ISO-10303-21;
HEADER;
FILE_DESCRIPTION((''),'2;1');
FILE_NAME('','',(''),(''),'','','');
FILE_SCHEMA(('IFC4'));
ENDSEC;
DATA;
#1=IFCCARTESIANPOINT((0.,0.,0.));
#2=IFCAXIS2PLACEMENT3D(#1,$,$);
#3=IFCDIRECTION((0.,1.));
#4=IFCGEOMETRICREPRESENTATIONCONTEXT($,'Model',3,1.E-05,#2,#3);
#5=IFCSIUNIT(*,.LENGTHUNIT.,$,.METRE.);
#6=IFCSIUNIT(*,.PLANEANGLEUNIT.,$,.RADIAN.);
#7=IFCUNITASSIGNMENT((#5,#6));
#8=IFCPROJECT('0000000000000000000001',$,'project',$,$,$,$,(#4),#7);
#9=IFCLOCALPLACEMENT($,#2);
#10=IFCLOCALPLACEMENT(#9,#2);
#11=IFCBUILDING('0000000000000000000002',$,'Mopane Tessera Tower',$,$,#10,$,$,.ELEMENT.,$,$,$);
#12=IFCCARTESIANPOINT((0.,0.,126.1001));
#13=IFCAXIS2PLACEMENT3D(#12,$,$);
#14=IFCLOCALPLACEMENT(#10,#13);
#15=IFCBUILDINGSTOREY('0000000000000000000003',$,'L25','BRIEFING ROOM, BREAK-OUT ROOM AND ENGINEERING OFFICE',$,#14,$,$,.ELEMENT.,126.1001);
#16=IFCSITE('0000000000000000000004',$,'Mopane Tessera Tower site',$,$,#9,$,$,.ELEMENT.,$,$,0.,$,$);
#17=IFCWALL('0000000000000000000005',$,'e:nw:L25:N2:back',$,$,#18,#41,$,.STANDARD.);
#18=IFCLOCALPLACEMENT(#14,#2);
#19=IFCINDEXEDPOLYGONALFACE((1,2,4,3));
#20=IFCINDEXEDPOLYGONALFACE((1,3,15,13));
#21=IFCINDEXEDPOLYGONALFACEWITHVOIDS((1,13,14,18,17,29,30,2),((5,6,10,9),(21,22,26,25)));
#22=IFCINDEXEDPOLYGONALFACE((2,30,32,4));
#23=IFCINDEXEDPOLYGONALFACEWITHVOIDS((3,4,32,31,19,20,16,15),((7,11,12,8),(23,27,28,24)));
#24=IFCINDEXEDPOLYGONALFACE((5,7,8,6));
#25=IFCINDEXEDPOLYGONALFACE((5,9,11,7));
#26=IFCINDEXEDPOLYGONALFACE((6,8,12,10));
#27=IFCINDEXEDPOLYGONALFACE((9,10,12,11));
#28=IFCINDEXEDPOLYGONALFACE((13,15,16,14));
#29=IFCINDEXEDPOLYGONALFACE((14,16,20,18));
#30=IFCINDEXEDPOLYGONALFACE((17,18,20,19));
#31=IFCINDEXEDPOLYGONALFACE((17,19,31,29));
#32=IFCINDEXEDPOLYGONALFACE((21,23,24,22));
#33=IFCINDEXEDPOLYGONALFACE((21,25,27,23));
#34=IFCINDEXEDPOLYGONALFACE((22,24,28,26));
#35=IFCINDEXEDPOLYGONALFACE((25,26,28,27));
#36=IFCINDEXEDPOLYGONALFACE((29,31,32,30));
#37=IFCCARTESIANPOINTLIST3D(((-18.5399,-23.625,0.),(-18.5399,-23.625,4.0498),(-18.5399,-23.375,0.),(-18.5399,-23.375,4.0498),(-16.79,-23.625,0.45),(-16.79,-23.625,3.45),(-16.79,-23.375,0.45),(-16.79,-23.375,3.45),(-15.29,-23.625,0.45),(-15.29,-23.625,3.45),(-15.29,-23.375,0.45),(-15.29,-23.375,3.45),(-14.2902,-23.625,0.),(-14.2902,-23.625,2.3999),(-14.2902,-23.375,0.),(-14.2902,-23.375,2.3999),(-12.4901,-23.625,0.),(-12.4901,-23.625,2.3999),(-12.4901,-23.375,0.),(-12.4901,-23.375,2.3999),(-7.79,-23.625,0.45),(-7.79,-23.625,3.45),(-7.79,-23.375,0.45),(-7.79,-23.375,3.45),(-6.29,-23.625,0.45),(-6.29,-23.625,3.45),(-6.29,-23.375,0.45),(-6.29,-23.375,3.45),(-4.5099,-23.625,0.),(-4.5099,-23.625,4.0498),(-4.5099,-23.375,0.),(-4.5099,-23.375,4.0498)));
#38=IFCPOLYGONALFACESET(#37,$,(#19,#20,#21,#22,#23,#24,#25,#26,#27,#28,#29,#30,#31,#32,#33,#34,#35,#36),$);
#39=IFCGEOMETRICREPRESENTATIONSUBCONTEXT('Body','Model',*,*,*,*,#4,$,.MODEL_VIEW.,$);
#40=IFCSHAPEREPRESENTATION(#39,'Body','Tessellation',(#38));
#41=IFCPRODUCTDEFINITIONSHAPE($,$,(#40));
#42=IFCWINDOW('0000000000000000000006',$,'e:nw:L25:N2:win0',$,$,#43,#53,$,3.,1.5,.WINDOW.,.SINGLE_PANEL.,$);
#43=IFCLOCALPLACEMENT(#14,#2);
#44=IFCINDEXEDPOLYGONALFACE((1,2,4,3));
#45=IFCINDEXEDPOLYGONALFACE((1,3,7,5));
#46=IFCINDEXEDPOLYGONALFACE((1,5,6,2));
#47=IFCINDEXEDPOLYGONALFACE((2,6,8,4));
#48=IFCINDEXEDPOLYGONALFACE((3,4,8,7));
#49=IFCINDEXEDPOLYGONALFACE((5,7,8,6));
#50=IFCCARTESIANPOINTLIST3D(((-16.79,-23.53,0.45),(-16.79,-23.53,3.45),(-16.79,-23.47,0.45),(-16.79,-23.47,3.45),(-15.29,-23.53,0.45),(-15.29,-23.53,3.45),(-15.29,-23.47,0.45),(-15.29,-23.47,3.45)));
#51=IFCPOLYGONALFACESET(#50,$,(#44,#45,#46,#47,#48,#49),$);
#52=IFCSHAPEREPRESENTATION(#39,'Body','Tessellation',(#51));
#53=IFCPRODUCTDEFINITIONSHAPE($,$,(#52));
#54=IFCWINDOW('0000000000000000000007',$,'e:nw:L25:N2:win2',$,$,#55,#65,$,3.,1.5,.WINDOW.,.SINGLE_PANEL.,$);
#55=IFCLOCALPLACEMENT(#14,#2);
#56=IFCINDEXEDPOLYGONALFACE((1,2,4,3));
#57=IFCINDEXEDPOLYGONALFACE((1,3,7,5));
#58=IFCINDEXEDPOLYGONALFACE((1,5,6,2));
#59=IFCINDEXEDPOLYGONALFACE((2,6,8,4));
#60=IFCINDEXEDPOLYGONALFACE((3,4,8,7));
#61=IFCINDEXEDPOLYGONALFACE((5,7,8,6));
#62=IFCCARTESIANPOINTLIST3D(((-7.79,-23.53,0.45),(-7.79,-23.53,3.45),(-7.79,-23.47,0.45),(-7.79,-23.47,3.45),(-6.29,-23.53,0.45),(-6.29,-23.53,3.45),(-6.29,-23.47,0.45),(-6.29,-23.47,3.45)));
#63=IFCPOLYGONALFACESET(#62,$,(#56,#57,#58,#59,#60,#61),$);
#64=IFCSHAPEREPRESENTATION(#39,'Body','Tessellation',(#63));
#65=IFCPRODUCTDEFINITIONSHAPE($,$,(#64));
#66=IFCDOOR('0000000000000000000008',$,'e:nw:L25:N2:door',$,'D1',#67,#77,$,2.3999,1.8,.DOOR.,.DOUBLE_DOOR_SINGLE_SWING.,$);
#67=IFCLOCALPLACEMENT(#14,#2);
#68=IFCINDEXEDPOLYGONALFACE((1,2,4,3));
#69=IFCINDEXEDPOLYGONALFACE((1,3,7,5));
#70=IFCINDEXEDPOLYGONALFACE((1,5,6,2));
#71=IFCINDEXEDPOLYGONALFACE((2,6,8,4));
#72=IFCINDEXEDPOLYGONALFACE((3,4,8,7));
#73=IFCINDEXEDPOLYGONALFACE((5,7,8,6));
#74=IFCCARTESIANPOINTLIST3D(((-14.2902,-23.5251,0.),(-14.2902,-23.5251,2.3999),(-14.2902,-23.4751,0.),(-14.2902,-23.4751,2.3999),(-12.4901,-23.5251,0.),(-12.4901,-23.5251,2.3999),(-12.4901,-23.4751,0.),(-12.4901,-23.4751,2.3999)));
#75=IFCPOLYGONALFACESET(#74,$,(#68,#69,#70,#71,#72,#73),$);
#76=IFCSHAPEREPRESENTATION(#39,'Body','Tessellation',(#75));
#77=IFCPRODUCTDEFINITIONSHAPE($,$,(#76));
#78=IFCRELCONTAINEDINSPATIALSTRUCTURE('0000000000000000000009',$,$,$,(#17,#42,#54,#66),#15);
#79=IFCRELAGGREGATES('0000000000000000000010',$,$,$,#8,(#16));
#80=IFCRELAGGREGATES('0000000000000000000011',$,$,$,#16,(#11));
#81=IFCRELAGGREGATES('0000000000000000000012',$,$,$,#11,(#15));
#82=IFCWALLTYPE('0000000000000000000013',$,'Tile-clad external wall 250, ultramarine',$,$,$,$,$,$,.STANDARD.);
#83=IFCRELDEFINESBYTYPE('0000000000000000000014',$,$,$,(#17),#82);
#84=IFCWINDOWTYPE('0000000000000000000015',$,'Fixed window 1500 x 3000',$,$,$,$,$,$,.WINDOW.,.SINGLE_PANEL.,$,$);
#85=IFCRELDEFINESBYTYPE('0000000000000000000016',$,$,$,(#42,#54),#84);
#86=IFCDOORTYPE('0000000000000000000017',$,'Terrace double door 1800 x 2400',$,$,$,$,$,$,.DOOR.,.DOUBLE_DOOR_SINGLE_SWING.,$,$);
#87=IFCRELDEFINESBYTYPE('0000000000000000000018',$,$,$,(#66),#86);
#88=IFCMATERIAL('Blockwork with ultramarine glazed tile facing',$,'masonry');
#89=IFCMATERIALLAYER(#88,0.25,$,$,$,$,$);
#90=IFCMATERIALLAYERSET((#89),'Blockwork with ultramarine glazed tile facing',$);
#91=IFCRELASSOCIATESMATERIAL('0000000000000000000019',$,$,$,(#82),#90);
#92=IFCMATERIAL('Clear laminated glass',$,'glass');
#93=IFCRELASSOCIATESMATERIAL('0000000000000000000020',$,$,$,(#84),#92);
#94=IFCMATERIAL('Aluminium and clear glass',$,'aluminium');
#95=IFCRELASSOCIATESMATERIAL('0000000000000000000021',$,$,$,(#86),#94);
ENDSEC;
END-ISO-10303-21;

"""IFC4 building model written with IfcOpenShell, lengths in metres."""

from ifc_helpers import new_model, si_unit, direction, frame, frame_2d, origin, place, context, subcontext, project, spatial, rectangle, extrude, material, layer, layer_set, type_object, element, fill, save


model = new_model("IFC4")

# Units and contexts
model_context = context("Model", 3, precision=1e-05, world=origin(), true_north=direction((0.0, 1.0)))
body_context = subcontext(model_context, "Body", "Model", "MODEL_VIEW")
ifc_project = project(units=[si_unit("LENGTHUNIT", "METRE"), si_unit("PLANEANGLEUNIT", "RADIAN")], contexts=[model_context])

# Site, building, storey
site_placement = place(None, origin())
site = spatial("IfcSite", under=ifc_project, at=site_placement, Name="Mopane Tessera Tower site", CompositionType="ELEMENT", RefElevation=0.0)
building_placement = place(site_placement, origin())
building = spatial("IfcBuilding", under=site, at=building_placement, Name="Mopane Tessera Tower", CompositionType="ELEMENT")
storey_placement = place(building_placement, frame((0.0, 0.0, 126.1001)))
storey = spatial("IfcBuildingStorey", under=building, at=storey_placement, Name="L25", Description="BRIEFING ROOM, BREAK-OUT ROOM AND ENGINEERING OFFICE", CompositionType="ELEMENT", Elevation=126.1001)

# Wall, openings, windows, door
ifc_material_1 = material(Name="Blockwork with ultramarine glazed tile facing", Category="masonry")
ifc_layer_1 = layer(ifc_material_1, 0.25)
ifc_layer_set_1 = layer_set([ifc_layer_1], Name="Blockwork with ultramarine glazed tile facing")
wall_type_1 = type_object("IfcWallType", Name="Tile-clad external wall 250, ultramarine", PredefinedType="STANDARD", material=ifc_layer_set_1)
wall_1_placement = place(storey_placement, frame((-18.54, -23.5, 0.0), z_axis=(0.0, 0.0, 1.0), x_axis=(1.0, 0.0, 0.0)))
wall_1 = element("IfcWall", 1, at=wall_1_placement, inside=storey, type_object=wall_type_1, Name="e:nw:L25:N2:back", PredefinedType="STANDARD", context=body_context, shape_type="SweptSolid", body=[
    extrude(rectangle(XDim=14.03, YDim=0.25, at=frame_2d((7.0151, 0.0))), origin(), (0.0, 0.0, 1.0), 4.0498),
])
opening_1_placement = place(wall_1_placement, frame((1.75, 0.0, 0.45)))
opening_1 = element("IfcOpeningElement", 2, at=opening_1_placement, cuts=wall_1, PredefinedType="OPENING", context=body_context, shape_type="SweptSolid", body=[
    extrude(rectangle(XDim=1.5, YDim=3.0, at=frame_2d((0.75, 1.5))), frame((0.0, 0.137, 0.0), z_axis=(0.0, -1.0, 0.0), x_axis=(1.0, 0.0, 0.0)), (0.0, 0.0, 1.0), 0.2739),
])
opening_2_placement = place(wall_1_placement, frame((4.25, 0.0, 0.0)))
opening_2 = element("IfcOpeningElement", 3, at=opening_2_placement, cuts=wall_1, PredefinedType="OPENING", context=body_context, shape_type="SweptSolid", body=[
    extrude(rectangle(XDim=1.8, YDim=2.3999, at=frame_2d((0.8999, 1.2))), frame((0.0, 0.137, 0.0), z_axis=(0.0, -1.0, 0.0), x_axis=(1.0, 0.0, 0.0)), (0.0, 0.0, 1.0), 0.2739),
])
opening_3_placement = place(wall_1_placement, frame((10.75, 0.0, 0.45)))
opening_3 = element("IfcOpeningElement", 4, at=opening_3_placement, cuts=wall_1, PredefinedType="OPENING", context=body_context, shape_type="SweptSolid", body=[
    extrude(rectangle(XDim=1.5, YDim=3.0, at=frame_2d((0.75, 1.5))), frame((0.0, 0.137, 0.0), z_axis=(0.0, -1.0, 0.0), x_axis=(1.0, 0.0, 0.0)), (0.0, 0.0, 1.0), 0.2739),
])
ifc_material_2 = material(Name="Clear laminated glass", Category="glass")
window_type = type_object("IfcWindowType", Name="Fixed window 1500 x 3000", PartitioningType="SINGLE_PANEL", PredefinedType="WINDOW", material=ifc_material_2)
window_1_placement = place(opening_1_placement, origin())
window_1 = element("IfcWindow", 5, at=window_1_placement, inside=storey, type_object=window_type, Name="e:nw:L25:N2:win0", OverallHeight=3.0, OverallWidth=1.5, PartitioningType="SINGLE_PANEL", PredefinedType="WINDOW", context=body_context, shape_type="SweptSolid", body=[
    extrude(rectangle(XDim=1.5, YDim=3.0, at=frame_2d((0.75, 1.5))), frame((0.0, 0.03, 0.0), z_axis=(0.0, -1.0, 0.0), x_axis=(1.0, 0.0, 0.0)), (0.0, 0.0, 1.0), 0.0601),
])
fill(opening_1, window_1)
window_2_placement = place(opening_3_placement, origin())
window_2 = element("IfcWindow", 6, at=window_2_placement, inside=storey, type_object=window_type, Name="e:nw:L25:N2:win2", OverallHeight=3.0, OverallWidth=1.5, PartitioningType="SINGLE_PANEL", PredefinedType="WINDOW", context=body_context, shape_type="SweptSolid", body=[
    extrude(rectangle(XDim=1.5, YDim=3.0, at=frame_2d((0.75, 1.5))), frame((0.0, 0.03, 0.0), z_axis=(0.0, -1.0, 0.0), x_axis=(1.0, 0.0, 0.0)), (0.0, 0.0, 1.0), 0.0601),
])
fill(opening_3, window_2)
ifc_material_3 = material(Name="Aluminium and clear glass", Category="aluminium")
door_type_1 = type_object("IfcDoorType", Name="Terrace double door 1800 x 2400", OperationType="DOUBLE_DOOR_SINGLE_SWING", PredefinedType="DOOR", material=ifc_material_3)
door_1_placement = place(opening_2_placement, origin())
door_1 = element("IfcDoor", 7, at=door_1_placement, inside=storey, type_object=door_type_1, Name="e:nw:L25:N2:door", ObjectType="D1", OperationType="DOUBLE_DOOR_SINGLE_SWING", OverallHeight=2.3999, OverallWidth=1.8, PredefinedType="DOOR", context=body_context, shape_type="SweptSolid", body=[
    extrude(rectangle(XDim=1.8, YDim=2.3999, at=frame_2d((0.8999, 1.2))), frame((0.0, 0.0249, 0.0), z_axis=(0.0, -1.0, 0.0), x_axis=(1.0, 0.0, 0.0)), (0.0, 0.0, 1.0), 0.05),
])
fill(opening_2, door_1)

save(model, "model.ifc")
